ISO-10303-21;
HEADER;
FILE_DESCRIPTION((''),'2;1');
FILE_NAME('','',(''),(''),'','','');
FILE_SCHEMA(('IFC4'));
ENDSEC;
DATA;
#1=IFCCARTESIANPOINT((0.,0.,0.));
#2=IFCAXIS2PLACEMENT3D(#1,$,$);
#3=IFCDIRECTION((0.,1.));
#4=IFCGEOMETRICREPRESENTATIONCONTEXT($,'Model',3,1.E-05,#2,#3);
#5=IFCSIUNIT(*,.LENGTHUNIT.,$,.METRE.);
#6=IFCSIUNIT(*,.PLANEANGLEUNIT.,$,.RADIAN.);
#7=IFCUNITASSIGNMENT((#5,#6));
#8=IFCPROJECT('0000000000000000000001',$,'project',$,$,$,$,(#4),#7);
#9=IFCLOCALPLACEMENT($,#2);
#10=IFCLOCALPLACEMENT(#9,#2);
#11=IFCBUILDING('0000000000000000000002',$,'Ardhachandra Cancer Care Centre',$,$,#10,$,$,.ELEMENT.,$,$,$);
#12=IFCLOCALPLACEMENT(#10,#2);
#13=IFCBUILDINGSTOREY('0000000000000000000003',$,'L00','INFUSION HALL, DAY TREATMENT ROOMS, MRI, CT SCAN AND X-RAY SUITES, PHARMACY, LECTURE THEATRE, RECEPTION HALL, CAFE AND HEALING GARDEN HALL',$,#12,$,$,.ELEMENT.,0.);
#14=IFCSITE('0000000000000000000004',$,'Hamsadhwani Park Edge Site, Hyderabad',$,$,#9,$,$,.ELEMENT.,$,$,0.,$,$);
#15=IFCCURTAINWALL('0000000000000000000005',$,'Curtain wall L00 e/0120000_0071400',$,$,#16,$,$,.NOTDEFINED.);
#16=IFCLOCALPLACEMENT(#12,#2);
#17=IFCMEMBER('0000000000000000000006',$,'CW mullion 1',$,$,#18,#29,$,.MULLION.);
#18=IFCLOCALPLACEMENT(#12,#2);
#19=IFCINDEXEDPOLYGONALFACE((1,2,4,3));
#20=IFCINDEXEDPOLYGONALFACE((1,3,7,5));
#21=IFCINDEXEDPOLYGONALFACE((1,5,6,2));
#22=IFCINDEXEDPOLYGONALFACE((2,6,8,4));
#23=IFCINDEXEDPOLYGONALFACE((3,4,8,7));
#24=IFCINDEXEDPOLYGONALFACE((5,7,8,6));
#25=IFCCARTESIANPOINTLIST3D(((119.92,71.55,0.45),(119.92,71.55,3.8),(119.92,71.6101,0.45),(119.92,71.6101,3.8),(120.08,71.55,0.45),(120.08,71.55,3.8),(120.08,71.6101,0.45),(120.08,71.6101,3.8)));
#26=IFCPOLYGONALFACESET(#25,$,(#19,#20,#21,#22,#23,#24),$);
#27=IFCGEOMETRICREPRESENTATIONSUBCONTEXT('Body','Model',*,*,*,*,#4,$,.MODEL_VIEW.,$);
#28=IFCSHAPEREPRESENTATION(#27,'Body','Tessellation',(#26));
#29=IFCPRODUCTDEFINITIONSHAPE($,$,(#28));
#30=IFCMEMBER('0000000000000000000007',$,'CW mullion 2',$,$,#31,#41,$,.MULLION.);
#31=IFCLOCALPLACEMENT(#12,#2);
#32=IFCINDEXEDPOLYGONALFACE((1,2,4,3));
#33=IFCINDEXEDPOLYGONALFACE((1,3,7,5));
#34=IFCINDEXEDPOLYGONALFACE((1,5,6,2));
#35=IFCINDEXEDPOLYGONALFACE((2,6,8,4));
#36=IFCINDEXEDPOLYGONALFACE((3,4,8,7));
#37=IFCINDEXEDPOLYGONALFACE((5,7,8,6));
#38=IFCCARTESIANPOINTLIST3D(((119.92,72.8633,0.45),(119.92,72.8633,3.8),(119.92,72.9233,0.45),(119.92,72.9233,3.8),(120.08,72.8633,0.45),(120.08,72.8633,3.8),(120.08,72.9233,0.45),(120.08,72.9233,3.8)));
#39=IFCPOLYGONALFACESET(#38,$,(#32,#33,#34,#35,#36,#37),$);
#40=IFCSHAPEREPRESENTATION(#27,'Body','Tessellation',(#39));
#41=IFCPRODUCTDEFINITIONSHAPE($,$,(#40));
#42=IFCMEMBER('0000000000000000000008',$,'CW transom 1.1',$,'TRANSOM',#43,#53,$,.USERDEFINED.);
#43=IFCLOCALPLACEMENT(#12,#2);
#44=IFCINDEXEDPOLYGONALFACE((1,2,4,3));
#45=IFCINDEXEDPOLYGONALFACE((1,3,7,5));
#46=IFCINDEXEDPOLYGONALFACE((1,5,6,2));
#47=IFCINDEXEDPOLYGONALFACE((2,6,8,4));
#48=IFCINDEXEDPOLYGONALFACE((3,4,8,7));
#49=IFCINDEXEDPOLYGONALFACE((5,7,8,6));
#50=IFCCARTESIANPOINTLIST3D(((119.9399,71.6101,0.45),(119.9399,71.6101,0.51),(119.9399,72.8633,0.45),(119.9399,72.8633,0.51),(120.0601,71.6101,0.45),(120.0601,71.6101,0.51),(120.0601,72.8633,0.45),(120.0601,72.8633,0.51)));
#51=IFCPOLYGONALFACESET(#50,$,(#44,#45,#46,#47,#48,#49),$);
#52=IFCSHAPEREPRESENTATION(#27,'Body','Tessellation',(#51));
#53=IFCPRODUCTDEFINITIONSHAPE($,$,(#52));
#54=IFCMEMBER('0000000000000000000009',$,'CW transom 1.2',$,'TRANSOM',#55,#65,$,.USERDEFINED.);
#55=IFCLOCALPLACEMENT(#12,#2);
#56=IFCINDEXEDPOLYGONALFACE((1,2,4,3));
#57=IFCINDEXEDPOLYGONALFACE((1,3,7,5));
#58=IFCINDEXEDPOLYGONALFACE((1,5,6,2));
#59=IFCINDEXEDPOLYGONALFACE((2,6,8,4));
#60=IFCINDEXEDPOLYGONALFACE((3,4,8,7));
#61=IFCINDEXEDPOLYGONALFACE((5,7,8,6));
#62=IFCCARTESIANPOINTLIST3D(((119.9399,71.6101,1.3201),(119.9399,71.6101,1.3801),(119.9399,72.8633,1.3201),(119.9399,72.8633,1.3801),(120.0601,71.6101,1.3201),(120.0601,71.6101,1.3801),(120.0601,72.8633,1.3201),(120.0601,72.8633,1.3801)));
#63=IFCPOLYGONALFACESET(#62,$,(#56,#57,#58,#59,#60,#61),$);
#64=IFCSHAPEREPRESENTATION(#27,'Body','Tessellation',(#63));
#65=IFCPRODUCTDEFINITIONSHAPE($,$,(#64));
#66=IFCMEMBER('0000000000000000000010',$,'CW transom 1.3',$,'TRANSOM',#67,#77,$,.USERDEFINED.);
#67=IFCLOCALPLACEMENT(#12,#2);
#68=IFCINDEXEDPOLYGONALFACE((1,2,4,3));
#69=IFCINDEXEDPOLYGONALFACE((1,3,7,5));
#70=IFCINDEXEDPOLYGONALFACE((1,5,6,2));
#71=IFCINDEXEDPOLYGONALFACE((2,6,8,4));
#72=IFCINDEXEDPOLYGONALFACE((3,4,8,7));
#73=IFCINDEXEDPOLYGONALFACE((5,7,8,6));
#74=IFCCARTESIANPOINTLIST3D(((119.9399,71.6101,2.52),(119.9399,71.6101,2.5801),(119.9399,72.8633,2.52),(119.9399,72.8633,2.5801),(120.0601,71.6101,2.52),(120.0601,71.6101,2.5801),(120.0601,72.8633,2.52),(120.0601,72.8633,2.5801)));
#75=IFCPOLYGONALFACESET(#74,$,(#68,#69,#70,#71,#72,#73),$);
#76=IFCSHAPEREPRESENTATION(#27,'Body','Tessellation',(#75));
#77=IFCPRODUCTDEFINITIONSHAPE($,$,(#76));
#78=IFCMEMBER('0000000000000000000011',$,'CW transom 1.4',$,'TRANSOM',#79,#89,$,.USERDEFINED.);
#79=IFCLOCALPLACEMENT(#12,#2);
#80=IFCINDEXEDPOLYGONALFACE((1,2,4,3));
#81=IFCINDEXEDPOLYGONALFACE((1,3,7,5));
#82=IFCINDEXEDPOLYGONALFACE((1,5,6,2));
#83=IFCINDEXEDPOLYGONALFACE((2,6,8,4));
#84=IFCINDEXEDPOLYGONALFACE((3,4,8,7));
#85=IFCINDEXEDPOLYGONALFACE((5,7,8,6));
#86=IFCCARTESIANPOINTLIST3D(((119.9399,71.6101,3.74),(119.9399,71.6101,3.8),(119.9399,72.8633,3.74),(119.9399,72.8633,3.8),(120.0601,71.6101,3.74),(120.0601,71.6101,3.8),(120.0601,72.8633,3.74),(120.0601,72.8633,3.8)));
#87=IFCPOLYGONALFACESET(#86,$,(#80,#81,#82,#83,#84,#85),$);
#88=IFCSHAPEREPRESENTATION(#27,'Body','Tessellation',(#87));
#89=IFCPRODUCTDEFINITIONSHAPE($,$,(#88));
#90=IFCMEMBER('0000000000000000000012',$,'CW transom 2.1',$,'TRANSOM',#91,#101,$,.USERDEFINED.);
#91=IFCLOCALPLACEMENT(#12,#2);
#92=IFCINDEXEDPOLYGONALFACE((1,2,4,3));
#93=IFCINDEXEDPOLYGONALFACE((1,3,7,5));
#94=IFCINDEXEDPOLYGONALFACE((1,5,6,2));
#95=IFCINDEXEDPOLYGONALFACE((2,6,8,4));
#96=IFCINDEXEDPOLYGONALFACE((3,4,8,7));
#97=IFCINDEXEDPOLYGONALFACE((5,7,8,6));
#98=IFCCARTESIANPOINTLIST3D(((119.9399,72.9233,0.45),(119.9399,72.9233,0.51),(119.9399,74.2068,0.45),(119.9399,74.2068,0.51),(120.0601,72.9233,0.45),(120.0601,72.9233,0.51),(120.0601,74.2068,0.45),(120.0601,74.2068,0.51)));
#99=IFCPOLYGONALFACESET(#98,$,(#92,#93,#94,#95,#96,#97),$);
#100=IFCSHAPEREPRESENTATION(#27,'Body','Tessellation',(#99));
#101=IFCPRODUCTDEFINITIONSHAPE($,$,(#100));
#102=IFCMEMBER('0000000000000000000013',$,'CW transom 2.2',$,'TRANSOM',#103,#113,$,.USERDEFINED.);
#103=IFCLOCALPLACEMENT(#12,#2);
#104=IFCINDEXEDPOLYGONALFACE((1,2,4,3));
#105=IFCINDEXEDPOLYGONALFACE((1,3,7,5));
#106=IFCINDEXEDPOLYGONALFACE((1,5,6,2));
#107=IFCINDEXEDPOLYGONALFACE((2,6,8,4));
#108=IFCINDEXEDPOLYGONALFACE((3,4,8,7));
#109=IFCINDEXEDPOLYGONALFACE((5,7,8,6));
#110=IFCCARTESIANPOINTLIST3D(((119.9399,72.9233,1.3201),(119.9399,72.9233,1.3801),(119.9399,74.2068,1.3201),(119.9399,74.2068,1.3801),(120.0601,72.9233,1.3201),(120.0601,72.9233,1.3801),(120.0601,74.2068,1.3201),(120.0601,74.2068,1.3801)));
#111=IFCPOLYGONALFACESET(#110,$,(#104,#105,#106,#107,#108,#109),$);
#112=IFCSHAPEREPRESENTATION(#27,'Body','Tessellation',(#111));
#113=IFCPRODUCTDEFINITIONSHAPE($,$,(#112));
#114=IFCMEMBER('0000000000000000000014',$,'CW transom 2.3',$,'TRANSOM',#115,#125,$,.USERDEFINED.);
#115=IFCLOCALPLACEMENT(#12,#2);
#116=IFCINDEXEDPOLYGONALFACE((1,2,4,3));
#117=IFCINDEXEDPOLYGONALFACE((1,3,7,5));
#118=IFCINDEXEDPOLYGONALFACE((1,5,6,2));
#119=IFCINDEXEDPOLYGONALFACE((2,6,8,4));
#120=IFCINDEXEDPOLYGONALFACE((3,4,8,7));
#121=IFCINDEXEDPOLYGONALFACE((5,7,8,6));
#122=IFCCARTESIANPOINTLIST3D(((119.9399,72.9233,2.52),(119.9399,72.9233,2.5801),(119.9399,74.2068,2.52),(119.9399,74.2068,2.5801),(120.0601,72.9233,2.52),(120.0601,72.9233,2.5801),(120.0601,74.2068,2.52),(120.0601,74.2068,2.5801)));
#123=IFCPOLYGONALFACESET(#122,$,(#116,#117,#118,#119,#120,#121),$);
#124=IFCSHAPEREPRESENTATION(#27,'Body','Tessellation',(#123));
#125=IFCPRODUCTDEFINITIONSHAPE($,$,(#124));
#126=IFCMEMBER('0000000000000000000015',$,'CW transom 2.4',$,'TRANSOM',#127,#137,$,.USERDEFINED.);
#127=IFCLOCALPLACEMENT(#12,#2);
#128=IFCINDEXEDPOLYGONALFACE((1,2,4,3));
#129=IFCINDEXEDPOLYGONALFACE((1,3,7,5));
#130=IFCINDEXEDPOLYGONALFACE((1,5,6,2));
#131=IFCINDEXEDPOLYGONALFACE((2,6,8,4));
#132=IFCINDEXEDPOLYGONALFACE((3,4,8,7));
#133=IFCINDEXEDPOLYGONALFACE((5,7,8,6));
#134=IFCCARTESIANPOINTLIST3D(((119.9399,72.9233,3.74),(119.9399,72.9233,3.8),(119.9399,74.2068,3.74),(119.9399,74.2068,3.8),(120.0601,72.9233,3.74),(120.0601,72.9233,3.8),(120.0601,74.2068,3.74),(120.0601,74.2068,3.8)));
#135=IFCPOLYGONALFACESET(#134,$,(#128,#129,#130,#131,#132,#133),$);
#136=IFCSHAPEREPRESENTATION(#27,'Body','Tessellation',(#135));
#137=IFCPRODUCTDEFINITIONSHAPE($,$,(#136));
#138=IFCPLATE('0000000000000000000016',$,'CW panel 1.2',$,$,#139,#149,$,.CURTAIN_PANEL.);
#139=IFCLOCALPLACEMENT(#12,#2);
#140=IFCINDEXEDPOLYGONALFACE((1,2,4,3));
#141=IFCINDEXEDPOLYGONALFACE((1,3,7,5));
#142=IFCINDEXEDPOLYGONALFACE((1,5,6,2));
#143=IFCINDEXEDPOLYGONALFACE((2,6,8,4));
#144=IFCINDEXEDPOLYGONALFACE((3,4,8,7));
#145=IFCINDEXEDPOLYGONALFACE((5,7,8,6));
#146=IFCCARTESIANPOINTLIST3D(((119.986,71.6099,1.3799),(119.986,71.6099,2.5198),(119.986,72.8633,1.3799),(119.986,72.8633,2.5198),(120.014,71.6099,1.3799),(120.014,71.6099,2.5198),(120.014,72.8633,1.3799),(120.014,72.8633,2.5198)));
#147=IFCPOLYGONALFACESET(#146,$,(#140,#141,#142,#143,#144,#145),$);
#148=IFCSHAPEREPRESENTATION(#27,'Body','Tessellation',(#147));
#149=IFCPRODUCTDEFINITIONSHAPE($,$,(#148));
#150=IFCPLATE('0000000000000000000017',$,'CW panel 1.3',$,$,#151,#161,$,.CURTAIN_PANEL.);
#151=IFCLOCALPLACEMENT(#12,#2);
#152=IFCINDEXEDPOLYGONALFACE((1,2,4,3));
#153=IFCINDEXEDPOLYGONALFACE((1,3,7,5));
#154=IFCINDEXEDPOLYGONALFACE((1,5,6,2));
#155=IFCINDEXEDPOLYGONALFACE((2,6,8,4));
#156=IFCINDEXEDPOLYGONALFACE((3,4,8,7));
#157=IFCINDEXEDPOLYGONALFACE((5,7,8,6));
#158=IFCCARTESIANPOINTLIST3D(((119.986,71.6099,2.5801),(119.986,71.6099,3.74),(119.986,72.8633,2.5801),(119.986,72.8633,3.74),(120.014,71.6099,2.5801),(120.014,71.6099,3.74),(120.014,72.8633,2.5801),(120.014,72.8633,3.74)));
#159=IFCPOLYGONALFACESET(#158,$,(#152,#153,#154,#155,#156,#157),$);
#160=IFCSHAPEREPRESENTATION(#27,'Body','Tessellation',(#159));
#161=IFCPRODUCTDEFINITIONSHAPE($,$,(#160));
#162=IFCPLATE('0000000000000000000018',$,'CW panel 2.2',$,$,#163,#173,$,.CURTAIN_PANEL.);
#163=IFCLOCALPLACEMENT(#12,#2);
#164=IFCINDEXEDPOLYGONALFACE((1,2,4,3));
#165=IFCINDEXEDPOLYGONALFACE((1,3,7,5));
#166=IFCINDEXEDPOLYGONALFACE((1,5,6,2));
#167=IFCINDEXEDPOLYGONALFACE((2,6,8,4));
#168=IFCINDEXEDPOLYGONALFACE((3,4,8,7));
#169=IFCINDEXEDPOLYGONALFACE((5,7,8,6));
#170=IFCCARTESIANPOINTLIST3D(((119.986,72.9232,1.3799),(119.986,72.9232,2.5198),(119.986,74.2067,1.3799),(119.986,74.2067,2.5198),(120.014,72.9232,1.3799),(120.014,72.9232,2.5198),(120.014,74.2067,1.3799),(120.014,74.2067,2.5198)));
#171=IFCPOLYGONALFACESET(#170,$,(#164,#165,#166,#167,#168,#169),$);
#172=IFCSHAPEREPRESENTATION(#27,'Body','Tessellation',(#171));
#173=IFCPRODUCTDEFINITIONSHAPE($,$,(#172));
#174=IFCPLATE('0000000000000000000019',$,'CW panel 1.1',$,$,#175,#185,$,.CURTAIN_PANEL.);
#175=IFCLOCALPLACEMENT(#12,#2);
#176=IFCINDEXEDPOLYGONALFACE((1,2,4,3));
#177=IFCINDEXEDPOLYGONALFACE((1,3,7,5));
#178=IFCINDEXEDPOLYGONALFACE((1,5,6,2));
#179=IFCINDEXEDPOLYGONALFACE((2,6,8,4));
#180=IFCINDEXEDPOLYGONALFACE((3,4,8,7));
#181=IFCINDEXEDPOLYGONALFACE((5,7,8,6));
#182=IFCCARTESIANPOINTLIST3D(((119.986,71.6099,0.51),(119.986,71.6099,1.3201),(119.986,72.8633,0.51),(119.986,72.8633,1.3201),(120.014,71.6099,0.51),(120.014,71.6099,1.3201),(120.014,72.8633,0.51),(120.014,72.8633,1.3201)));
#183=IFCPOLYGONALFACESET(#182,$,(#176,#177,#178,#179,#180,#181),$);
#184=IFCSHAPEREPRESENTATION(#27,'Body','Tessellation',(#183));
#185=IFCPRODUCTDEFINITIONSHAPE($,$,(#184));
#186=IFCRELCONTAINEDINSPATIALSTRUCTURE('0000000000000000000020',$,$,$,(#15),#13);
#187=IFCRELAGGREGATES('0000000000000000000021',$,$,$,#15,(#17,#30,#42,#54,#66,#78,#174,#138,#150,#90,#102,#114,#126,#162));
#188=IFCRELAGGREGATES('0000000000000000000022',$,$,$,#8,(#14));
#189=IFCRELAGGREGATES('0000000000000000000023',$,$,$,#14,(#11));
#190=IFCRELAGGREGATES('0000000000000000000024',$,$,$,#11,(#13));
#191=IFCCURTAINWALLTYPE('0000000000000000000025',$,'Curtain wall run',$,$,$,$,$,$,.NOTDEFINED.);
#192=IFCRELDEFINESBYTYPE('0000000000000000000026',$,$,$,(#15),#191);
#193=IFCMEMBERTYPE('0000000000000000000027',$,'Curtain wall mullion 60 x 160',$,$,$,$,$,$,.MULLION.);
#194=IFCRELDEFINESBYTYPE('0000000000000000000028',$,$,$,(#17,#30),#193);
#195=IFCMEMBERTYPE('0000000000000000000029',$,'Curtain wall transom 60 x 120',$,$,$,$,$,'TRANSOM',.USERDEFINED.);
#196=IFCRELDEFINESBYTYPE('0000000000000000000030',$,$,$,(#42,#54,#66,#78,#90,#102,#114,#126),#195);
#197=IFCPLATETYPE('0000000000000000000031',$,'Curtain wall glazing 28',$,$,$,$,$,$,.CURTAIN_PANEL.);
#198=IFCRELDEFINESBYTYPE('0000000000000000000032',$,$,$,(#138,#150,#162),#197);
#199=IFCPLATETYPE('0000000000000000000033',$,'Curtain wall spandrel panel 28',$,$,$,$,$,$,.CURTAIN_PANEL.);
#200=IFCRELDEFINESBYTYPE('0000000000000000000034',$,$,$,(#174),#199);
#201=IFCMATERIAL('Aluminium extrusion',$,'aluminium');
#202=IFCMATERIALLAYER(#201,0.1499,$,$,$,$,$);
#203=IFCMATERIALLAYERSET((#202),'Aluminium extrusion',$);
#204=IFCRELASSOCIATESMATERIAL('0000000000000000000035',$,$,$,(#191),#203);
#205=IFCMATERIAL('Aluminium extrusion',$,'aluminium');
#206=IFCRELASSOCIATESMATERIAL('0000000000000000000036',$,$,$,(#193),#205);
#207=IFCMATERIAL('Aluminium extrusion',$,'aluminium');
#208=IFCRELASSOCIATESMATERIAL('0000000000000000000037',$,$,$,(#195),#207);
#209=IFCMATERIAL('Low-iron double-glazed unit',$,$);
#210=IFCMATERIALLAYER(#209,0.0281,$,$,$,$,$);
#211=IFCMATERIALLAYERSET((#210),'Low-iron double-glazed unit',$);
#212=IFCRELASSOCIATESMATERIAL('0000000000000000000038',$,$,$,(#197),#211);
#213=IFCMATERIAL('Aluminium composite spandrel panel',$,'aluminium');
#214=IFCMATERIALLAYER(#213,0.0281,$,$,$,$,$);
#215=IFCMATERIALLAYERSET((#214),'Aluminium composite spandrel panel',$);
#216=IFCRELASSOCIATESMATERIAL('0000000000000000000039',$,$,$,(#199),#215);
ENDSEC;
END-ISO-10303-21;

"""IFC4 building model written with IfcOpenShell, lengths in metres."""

from ifc_helpers import new_model, si_unit, direction, frame, origin, origin_2d, place, context, subcontext, project, spatial, rectangle, extrude, material, layer, layer_set, material_profile, profile_set, type_object, element, aggregate, save


model = new_model("IFC4")

# Units and contexts
model_context = context("Model", 3, precision=1e-05, world=origin(), true_north=direction((0.0, 1.0)))
body_context = subcontext(model_context, "Body", "Model", "MODEL_VIEW")
ifc_project = project(units=[si_unit("LENGTHUNIT", "METRE"), si_unit("PLANEANGLEUNIT", "RADIAN")], contexts=[model_context])

# Site, building, storey
site_placement = place(None, origin())
site = spatial("IfcSite", under=ifc_project, at=site_placement, Name="Hamsadhwani Park Edge Site, Hyderabad", CompositionType="ELEMENT", RefElevation=0.0)
building_placement = place(site_placement, origin())
building = spatial("IfcBuilding", under=site, at=building_placement, Name="Ardhachandra Cancer Care Centre", CompositionType="ELEMENT")
storey_placement = place(building_placement, origin())
storey = spatial("IfcBuildingStorey", under=building, at=storey_placement, Name="L00", Description="INFUSION HALL, DAY TREATMENT ROOMS, MRI, CT SCAN AND X-RAY SUITES, PHARMACY, LECTURE THEATRE, RECEPTION HALL, CAFE AND HEALING GARDEN HALL", CompositionType="ELEMENT", Elevation=0.0)

# Curtain wall, members, plates
ifc_material_1 = material(Name="Aluminium extrusion", Category="aluminium")
ifc_layer_1 = layer(ifc_material_1, 0.1499)
ifc_layer_set_1 = layer_set([ifc_layer_1], Name="Aluminium extrusion")
curtain_wall_type = type_object("IfcCurtainWallType", Name="Curtain wall run", PredefinedType="NOTDEFINED", material=ifc_layer_set_1)
curtain_wall_placement = place(storey_placement, origin())
curtain_wall = element("IfcCurtainWall", 1, at=curtain_wall_placement, inside=storey, type_object=curtain_wall_type, Name="Curtain wall L00 e/0120000_0071400", PredefinedType="NOTDEFINED")
ifc_material_2 = material(Name="Aluminium extrusion", Category="aluminium")
ifc_material_profile_1 = material_profile(ifc_material_2, rectangle(XDim=0.1599, YDim=0.0601, at=origin_2d()), Name="Curtain wall mullion 60 x 160")
ifc_profile_set_1 = profile_set([ifc_material_profile_1], Name="Aluminium extrusion")
member_type_1 = type_object("IfcMemberType", Name="Curtain wall mullion 60 x 160", PredefinedType="MULLION", material=ifc_profile_set_1)
member_1_placement = place(storey_placement, frame((120.0, 71.5801, 0.45), z_axis=(0.0, 0.0, 1.0), x_axis=(-1.0, 0.0, 0.0)))
member_1 = element("IfcMember", 2, at=member_1_placement, type_object=member_type_1, Name="CW mullion 1", PredefinedType="MULLION", context=body_context, shape_type="SweptSolid", body=[
    extrude(rectangle(XDim=0.1599, YDim=0.0601, at=origin_2d()), origin(), (0.0, 0.0, 1.0), 3.3501),
])
member_2_placement = place(storey_placement, frame((120.0, 72.8933, 0.45), z_axis=(0.0, 0.0, 1.0), x_axis=(-1.0, 0.0, 0.0)))
member_2 = element("IfcMember", 3, at=member_2_placement, type_object=member_type_1, Name="CW mullion 2", PredefinedType="MULLION", context=body_context, shape_type="SweptSolid", body=[
    extrude(rectangle(XDim=0.1599, YDim=0.0601, at=origin_2d()), origin(), (0.0, 0.0, 1.0), 3.3501),
])
ifc_material_3 = material(Name="Aluminium extrusion", Category="aluminium")
ifc_material_profile_2 = material_profile(ifc_material_3, rectangle(XDim=0.1201, YDim=0.0601, at=origin_2d()), Name="Curtain wall transom 60 x 120")
ifc_profile_set_2 = profile_set([ifc_material_profile_2], Name="Aluminium extrusion")
member_type_2 = type_object("IfcMemberType", Name="Curtain wall transom 60 x 120", ElementType="TRANSOM", PredefinedType="USERDEFINED", material=ifc_profile_set_2)
member_3_placement = place(storey_placement, frame((120.0, 71.6101, 0.48), z_axis=(0.0, 1.0, 0.0), x_axis=(-1.0, 0.0, 0.0)))
member_3 = element("IfcMember", 4, at=member_3_placement, type_object=member_type_2, Name="CW transom 1.1", ObjectType="TRANSOM", PredefinedType="USERDEFINED", context=body_context, shape_type="SweptSolid", body=[
    extrude(rectangle(XDim=0.1201, YDim=0.0601, at=origin_2d()), origin(), (0.0, 0.0, 1.0), 1.2532),
])
member_4_placement = place(storey_placement, frame((120.0, 71.6101, 1.3501), z_axis=(0.0, 1.0, 0.0), x_axis=(-1.0, 0.0, 0.0)))
member_4 = element("IfcMember", 5, at=member_4_placement, type_object=member_type_2, Name="CW transom 1.2", ObjectType="TRANSOM", PredefinedType="USERDEFINED", context=body_context, shape_type="SweptSolid", body=[
    extrude(rectangle(XDim=0.1201, YDim=0.0601, at=origin_2d()), origin(), (0.0, 0.0, 1.0), 1.2532),
])
member_5_placement = place(storey_placement, frame((120.0, 71.6101, 2.55), z_axis=(0.0, 1.0, 0.0), x_axis=(-1.0, 0.0, 0.0)))
member_5 = element("IfcMember", 6, at=member_5_placement, type_object=member_type_2, Name="CW transom 1.3", ObjectType="TRANSOM", PredefinedType="USERDEFINED", context=body_context, shape_type="SweptSolid", body=[
    extrude(rectangle(XDim=0.1201, YDim=0.0601, at=origin_2d()), origin(), (0.0, 0.0, 1.0), 1.2532),
])
member_6_placement = place(storey_placement, frame((120.0, 71.6101, 3.77), z_axis=(0.0, 1.0, 0.0), x_axis=(-1.0, 0.0, 0.0)))
member_6 = element("IfcMember", 7, at=member_6_placement, type_object=member_type_2, Name="CW transom 1.4", ObjectType="TRANSOM", PredefinedType="USERDEFINED", context=body_context, shape_type="SweptSolid", body=[
    extrude(rectangle(XDim=0.1201, YDim=0.0601, at=origin_2d()), origin(), (0.0, 0.0, 1.0), 1.2532),
])
member_7_placement = place(storey_placement, frame((120.0, 72.9233, 0.48), z_axis=(0.0, 1.0, 0.0), x_axis=(-1.0, 0.0, 0.0)))
member_7 = element("IfcMember", 8, at=member_7_placement, type_object=member_type_2, Name="CW transom 2.1", ObjectType="TRANSOM", PredefinedType="USERDEFINED", context=body_context, shape_type="SweptSolid", body=[
    extrude(rectangle(XDim=0.1201, YDim=0.0601, at=origin_2d()), origin(), (0.0, 0.0, 1.0), 1.2834),
])
member_8_placement = place(storey_placement, frame((120.0, 72.9233, 1.3501), z_axis=(0.0, 1.0, 0.0), x_axis=(-1.0, 0.0, 0.0)))
member_8 = element("IfcMember", 9, at=member_8_placement, type_object=member_type_2, Name="CW transom 2.2", ObjectType="TRANSOM", PredefinedType="USERDEFINED", context=body_context, shape_type="SweptSolid", body=[
    extrude(rectangle(XDim=0.1201, YDim=0.0601, at=origin_2d()), origin(), (0.0, 0.0, 1.0), 1.2834),
])
member_9_placement = place(storey_placement, frame((120.0, 72.9233, 2.55), z_axis=(0.0, 1.0, 0.0), x_axis=(-1.0, 0.0, 0.0)))
member_9 = element("IfcMember", 10, at=member_9_placement, type_object=member_type_2, Name="CW transom 2.3", ObjectType="TRANSOM", PredefinedType="USERDEFINED", context=body_context, shape_type="SweptSolid", body=[
    extrude(rectangle(XDim=0.1201, YDim=0.0601, at=origin_2d()), origin(), (0.0, 0.0, 1.0), 1.2834),
])
member_10_placement = place(storey_placement, frame((120.0, 72.9233, 3.77), z_axis=(0.0, 1.0, 0.0), x_axis=(-1.0, 0.0, 0.0)))
member_10 = element("IfcMember", 11, at=member_10_placement, type_object=member_type_2, Name="CW transom 2.4", ObjectType="TRANSOM", PredefinedType="USERDEFINED", context=body_context, shape_type="SweptSolid", body=[
    extrude(rectangle(XDim=0.1201, YDim=0.0601, at=origin_2d()), origin(), (0.0, 0.0, 1.0), 1.2834),
])
ifc_material_4 = material(Name="Low-iron double-glazed unit")
ifc_layer_2 = layer(ifc_material_4, 0.0281)
ifc_layer_set_2 = layer_set([ifc_layer_2], Name="Low-iron double-glazed unit")
plate_type_1 = type_object("IfcPlateType", Name="Curtain wall glazing 28", PredefinedType="CURTAIN_PANEL", material=ifc_layer_set_2)
plate_1_placement = place(storey_placement, frame((120.0, 72.2366, 1.3799), z_axis=(0.0, 0.0, 1.0), x_axis=(0.0, 1.0, 0.0)))
plate_1 = element("IfcPlate", 12, at=plate_1_placement, type_object=plate_type_1, Name="CW panel 1.2", PredefinedType="CURTAIN_PANEL", context=body_context, shape_type="SweptSolid", body=[
    extrude(rectangle(XDim=1.2534, YDim=0.0281, at=origin_2d()), origin(), (0.0, 0.0, 1.0), 1.1399),
])
plate_2_placement = place(storey_placement, frame((120.0, 72.2366, 2.5801), z_axis=(0.0, 0.0, 1.0), x_axis=(0.0, 1.0, 0.0)))
plate_2 = element("IfcPlate", 13, at=plate_2_placement, type_object=plate_type_1, Name="CW panel 1.3", PredefinedType="CURTAIN_PANEL", context=body_context, shape_type="SweptSolid", body=[
    extrude(rectangle(XDim=1.2534, YDim=0.0281, at=origin_2d()), origin(), (0.0, 0.0, 1.0), 1.1599),
])
plate_3_placement = place(storey_placement, frame((120.0, 73.5649, 1.3799), z_axis=(0.0, 0.0, 1.0), x_axis=(0.0, 1.0, 0.0)))
plate_3 = element("IfcPlate", 14, at=plate_3_placement, type_object=plate_type_1, Name="CW panel 2.2", PredefinedType="CURTAIN_PANEL", context=body_context, shape_type="SweptSolid", body=[
    extrude(rectangle(XDim=1.2834, YDim=0.0281, at=origin_2d()), origin(), (0.0, 0.0, 1.0), 1.1399),
])
ifc_material_5 = material(Name="Aluminium composite spandrel panel", Category="aluminium")
ifc_layer_3 = layer(ifc_material_5, 0.0281)
ifc_layer_set_3 = layer_set([ifc_layer_3], Name="Aluminium composite spandrel panel")
plate_type_2 = type_object("IfcPlateType", Name="Curtain wall spandrel panel 28", PredefinedType="CURTAIN_PANEL", material=ifc_layer_set_3)
plate_4_placement = place(storey_placement, frame((120.0, 72.2366, 0.51), z_axis=(0.0, 0.0, 1.0), x_axis=(0.0, 1.0, 0.0)))
plate_4 = element("IfcPlate", 15, at=plate_4_placement, type_object=plate_type_2, Name="CW panel 1.1", PredefinedType="CURTAIN_PANEL", context=body_context, shape_type="SweptSolid", body=[
    extrude(rectangle(XDim=1.2534, YDim=0.0281, at=origin_2d()), origin(), (0.0, 0.0, 1.0), 0.8101),
])
aggregate(curtain_wall, [member_1, member_2, member_3, member_4, member_5, member_6, plate_4, plate_1, plate_2, member_7, member_8, member_9, member_10, plate_3])

save(model, "model.ifc")
